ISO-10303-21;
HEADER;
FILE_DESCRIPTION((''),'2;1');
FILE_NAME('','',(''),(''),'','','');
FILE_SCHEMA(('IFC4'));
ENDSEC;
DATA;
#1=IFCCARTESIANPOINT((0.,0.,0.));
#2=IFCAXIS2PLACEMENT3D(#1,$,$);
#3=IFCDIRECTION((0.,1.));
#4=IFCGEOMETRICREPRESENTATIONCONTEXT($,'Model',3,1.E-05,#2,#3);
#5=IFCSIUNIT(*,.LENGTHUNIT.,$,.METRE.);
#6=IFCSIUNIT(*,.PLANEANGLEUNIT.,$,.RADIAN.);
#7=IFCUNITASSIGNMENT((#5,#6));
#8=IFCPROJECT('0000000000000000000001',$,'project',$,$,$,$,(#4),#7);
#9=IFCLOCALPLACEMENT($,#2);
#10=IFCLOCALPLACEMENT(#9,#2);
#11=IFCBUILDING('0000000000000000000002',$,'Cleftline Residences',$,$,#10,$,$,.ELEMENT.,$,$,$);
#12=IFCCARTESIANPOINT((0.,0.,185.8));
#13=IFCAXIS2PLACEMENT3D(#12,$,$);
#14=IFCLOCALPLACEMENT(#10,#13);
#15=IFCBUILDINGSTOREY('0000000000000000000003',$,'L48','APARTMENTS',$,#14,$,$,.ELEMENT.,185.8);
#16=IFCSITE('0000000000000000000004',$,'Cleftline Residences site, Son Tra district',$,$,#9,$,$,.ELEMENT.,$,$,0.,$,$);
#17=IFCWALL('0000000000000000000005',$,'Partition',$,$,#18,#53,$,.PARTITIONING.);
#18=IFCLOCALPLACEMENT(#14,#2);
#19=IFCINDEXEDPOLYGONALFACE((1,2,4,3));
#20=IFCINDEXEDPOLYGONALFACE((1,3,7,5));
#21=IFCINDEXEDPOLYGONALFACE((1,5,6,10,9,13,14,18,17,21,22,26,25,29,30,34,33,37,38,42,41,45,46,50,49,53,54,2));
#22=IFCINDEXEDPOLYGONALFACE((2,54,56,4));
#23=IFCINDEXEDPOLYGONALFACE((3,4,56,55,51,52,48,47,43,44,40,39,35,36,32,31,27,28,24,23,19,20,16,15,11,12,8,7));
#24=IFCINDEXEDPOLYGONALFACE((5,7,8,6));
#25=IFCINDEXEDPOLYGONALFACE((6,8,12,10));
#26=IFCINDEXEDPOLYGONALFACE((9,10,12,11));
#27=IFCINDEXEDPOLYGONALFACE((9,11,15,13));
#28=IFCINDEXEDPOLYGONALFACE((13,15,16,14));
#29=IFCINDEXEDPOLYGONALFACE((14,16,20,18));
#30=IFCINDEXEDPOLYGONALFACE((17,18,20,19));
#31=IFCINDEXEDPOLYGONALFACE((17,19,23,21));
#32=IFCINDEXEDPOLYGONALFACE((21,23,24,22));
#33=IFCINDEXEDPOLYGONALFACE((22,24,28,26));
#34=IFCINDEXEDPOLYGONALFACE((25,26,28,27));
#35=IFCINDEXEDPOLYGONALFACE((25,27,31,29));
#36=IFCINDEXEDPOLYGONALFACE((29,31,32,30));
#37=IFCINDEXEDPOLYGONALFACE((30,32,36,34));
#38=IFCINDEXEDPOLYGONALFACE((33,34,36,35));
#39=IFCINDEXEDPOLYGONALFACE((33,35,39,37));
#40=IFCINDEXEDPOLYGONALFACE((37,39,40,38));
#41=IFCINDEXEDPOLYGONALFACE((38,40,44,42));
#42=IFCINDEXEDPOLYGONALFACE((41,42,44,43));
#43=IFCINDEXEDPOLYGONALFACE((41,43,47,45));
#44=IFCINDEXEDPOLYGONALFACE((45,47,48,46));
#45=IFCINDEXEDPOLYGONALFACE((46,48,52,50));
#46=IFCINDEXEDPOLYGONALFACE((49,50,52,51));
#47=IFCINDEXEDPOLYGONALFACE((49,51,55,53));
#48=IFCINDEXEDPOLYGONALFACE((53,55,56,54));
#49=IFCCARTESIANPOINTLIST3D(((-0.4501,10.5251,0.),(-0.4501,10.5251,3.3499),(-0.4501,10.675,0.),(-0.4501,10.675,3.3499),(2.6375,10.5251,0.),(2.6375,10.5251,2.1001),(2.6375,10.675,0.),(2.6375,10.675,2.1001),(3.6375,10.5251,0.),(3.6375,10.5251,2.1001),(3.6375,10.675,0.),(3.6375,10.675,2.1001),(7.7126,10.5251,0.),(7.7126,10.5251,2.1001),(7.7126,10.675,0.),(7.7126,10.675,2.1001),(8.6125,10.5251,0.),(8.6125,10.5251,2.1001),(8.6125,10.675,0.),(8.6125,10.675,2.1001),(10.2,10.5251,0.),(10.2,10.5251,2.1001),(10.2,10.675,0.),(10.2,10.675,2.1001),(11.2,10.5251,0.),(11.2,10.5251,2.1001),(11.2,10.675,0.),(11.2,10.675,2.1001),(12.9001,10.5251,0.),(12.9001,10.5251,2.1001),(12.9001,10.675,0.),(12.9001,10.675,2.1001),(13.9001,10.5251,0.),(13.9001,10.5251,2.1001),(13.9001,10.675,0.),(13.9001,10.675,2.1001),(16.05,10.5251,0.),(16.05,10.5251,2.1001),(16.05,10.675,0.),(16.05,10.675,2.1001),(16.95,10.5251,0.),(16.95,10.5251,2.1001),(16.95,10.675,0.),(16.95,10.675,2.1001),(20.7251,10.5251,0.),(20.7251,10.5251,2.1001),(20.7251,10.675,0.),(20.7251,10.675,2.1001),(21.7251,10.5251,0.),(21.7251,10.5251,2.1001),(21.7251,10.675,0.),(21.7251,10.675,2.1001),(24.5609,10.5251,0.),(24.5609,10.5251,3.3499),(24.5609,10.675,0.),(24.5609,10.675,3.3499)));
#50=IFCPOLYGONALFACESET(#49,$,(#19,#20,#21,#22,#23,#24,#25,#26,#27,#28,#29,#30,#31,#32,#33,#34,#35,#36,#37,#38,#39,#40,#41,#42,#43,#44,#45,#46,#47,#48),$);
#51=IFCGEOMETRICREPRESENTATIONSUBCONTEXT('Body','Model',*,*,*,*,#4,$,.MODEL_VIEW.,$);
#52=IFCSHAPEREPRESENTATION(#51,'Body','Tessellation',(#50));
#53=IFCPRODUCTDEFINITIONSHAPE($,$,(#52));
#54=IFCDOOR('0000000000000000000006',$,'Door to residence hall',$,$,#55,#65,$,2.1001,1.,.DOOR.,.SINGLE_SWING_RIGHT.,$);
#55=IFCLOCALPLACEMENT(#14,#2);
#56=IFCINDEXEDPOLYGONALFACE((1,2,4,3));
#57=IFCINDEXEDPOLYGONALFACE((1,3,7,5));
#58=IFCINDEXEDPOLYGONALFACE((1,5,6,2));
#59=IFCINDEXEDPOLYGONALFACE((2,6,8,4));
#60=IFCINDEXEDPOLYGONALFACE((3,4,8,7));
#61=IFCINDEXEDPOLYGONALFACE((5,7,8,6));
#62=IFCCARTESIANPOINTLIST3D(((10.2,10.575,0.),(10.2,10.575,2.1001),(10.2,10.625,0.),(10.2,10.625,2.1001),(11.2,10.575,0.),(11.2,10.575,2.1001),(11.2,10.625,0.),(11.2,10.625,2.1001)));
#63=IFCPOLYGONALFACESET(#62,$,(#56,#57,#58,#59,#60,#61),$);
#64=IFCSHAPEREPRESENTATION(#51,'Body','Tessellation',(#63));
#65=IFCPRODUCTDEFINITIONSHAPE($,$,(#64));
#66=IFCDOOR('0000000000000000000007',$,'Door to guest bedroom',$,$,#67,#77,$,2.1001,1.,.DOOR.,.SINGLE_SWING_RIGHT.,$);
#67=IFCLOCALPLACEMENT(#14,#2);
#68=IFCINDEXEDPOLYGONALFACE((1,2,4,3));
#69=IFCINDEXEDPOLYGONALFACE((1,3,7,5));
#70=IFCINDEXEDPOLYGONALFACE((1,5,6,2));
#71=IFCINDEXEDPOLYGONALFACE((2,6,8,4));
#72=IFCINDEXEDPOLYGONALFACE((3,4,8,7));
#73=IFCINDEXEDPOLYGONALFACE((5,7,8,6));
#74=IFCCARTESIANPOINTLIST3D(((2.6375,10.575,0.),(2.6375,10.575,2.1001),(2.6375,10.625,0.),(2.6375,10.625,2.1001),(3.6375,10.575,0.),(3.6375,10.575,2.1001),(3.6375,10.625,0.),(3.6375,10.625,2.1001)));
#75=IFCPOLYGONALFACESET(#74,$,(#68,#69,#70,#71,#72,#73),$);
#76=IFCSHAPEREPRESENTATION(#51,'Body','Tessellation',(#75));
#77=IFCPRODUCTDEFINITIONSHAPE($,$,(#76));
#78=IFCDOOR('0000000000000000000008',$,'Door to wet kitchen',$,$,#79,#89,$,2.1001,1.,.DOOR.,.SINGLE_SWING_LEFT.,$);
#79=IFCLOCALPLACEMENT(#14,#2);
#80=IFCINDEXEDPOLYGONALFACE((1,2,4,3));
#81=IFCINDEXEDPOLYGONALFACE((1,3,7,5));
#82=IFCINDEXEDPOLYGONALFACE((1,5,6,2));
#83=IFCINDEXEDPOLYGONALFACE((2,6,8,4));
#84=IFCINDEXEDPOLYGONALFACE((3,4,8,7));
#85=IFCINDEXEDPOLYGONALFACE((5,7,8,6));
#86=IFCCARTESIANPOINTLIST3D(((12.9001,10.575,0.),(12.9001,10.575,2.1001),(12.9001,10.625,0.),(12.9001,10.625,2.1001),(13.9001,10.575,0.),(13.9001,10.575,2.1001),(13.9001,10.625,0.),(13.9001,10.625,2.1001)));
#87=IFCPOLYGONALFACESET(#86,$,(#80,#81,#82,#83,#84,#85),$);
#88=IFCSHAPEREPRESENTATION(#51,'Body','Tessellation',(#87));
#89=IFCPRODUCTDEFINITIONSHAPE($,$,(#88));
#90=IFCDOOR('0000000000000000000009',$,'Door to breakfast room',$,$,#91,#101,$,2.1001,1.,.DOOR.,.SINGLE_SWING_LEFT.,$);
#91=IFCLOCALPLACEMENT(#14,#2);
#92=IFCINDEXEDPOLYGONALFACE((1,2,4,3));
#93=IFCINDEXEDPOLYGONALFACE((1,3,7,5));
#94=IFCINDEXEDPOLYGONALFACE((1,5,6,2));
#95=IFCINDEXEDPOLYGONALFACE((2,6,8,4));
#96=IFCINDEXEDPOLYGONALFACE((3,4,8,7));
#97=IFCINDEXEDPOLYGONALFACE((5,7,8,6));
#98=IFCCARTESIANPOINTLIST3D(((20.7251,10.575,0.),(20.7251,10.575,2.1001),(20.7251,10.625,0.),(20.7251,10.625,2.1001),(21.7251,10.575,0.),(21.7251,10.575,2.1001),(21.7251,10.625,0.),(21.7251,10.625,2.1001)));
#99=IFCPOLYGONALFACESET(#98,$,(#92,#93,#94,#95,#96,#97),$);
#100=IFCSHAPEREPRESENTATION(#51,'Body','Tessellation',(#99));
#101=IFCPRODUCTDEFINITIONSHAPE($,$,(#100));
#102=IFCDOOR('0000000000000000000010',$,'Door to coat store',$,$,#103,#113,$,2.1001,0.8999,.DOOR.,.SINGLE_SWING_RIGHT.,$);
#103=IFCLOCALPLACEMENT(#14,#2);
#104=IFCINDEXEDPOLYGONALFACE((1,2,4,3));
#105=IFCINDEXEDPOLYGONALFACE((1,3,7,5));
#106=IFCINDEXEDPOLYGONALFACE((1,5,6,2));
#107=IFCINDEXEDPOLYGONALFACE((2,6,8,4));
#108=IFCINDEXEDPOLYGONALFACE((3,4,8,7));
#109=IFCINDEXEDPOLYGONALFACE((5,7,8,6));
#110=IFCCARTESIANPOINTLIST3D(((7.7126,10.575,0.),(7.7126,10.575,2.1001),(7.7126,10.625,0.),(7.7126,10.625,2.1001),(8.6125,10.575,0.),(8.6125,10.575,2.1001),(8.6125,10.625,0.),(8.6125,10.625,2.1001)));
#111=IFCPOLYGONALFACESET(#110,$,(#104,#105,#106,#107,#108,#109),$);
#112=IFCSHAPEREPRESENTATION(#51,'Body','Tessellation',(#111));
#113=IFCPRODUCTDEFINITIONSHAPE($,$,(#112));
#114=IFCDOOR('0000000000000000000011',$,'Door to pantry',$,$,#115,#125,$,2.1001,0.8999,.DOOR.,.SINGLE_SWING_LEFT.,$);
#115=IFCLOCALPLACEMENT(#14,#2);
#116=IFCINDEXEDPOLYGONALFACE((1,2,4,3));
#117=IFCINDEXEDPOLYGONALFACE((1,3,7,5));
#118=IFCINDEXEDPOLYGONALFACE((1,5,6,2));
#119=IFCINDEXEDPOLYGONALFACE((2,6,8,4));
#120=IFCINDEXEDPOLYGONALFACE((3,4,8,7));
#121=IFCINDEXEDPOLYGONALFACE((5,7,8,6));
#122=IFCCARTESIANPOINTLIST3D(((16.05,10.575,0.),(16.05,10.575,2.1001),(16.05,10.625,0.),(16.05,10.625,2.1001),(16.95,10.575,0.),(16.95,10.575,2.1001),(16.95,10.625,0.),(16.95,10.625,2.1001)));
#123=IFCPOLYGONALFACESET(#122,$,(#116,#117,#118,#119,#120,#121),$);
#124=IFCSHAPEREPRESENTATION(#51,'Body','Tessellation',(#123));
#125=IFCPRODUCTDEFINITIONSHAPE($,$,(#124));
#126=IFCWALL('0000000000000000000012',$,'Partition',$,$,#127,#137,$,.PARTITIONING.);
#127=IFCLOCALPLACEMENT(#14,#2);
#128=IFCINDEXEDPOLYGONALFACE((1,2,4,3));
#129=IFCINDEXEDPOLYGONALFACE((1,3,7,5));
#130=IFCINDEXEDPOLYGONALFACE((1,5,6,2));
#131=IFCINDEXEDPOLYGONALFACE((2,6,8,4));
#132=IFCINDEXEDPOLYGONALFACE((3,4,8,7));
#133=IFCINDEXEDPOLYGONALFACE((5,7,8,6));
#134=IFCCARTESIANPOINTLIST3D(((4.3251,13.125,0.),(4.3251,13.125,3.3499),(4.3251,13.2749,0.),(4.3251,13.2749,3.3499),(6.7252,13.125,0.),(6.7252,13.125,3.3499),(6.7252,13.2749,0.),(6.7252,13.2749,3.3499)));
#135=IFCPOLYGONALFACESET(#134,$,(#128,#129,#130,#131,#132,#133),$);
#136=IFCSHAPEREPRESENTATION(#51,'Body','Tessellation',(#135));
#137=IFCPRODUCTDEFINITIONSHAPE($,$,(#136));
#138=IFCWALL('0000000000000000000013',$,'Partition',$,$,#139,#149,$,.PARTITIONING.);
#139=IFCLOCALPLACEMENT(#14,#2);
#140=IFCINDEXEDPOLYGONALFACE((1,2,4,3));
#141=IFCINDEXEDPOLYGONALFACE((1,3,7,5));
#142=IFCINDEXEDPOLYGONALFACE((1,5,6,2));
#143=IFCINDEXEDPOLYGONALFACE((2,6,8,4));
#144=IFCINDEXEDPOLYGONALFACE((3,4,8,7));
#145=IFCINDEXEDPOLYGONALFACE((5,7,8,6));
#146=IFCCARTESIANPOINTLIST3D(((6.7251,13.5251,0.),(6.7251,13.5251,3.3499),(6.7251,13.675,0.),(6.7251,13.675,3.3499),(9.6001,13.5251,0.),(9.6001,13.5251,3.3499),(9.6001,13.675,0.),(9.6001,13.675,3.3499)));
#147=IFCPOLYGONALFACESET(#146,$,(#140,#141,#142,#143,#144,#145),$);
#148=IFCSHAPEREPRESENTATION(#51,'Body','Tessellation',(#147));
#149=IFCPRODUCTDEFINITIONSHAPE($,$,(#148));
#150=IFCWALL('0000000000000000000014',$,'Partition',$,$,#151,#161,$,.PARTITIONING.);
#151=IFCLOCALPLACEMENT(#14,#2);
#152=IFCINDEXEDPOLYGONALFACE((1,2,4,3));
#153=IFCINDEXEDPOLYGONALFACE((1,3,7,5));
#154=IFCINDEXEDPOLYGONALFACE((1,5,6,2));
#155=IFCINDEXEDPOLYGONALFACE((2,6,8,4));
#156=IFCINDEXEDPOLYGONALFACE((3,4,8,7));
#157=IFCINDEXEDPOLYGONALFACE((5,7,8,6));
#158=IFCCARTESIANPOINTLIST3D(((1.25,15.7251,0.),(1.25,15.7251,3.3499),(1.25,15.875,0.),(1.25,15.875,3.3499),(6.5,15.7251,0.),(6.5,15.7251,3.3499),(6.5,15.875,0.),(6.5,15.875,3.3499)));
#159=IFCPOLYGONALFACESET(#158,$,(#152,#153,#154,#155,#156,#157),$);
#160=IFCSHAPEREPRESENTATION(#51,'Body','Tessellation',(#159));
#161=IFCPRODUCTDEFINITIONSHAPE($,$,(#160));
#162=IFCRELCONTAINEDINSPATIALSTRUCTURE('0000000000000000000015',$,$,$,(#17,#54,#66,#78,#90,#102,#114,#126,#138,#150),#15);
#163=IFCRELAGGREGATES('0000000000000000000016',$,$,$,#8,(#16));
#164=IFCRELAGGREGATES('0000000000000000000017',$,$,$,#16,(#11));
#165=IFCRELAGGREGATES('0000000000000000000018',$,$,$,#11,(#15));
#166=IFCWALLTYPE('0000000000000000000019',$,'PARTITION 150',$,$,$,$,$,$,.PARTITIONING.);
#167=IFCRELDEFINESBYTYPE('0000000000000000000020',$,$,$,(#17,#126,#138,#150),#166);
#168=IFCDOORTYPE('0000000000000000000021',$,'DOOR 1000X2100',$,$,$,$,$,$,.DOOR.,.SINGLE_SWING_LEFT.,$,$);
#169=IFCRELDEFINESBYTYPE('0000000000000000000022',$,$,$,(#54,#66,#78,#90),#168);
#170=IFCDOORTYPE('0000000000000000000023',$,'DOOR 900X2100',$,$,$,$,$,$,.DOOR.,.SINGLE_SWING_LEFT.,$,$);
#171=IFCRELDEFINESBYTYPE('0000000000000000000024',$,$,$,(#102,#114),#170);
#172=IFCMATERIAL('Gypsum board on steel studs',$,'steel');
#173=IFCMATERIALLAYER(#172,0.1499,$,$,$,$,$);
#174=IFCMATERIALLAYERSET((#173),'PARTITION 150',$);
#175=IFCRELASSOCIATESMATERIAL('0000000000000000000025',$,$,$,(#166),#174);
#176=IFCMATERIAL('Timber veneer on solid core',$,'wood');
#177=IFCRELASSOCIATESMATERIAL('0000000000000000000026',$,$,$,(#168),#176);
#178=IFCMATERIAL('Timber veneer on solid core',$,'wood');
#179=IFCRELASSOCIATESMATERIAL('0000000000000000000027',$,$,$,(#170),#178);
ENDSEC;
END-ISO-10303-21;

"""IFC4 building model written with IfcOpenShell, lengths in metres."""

from ifc_helpers import new_model, si_unit, direction, frame, frame_2d, origin, place, context, subcontext, project, spatial, rectangle, extrude, material, layer, layer_set, type_object, element, fill, save


model = new_model("IFC4")

# Units and contexts
model_context = context("Model", 3, precision=1e-05, world=origin(), true_north=direction((0.0, 1.0)))
body_context = subcontext(model_context, "Body", "Model", "MODEL_VIEW")
ifc_project = project(units=[si_unit("LENGTHUNIT", "METRE"), si_unit("PLANEANGLEUNIT", "RADIAN")], contexts=[model_context])

# Site, building, storey
site_placement = place(None, origin())
site = spatial("IfcSite", under=ifc_project, at=site_placement, Name="Cleftline Residences site, Son Tra district", CompositionType="ELEMENT", RefElevation=0.0)
building_placement = place(site_placement, origin())
building = spatial("IfcBuilding", under=site, at=building_placement, Name="Cleftline Residences", CompositionType="ELEMENT")
storey_placement = place(building_placement, frame((0.0, 0.0, 185.8)))
storey = spatial("IfcBuildingStorey", under=building, at=storey_placement, Name="L48", Description="APARTMENTS", CompositionType="ELEMENT", Elevation=185.8)

# Wall, openings, doors
ifc_material_1 = material(Name="Gypsum board on steel studs", Category="steel")
ifc_layer = layer(ifc_material_1, 0.1499)
ifc_layer_set = layer_set([ifc_layer], Name="PARTITION 150")
wall_type = type_object("IfcWallType", Name="PARTITION 150", PredefinedType="PARTITIONING", material=ifc_layer_set)
wall_1_placement = place(storey_placement, frame((-0.45, 10.6001, 0.0), z_axis=(0.0, 0.0, 1.0), x_axis=(1.0, 0.0, 0.0)))
wall_1 = element("IfcWall", 1, at=wall_1_placement, inside=storey, type_object=wall_type, Name="Partition", PredefinedType="PARTITIONING", context=body_context, shape_type="SweptSolid", body=[
    extrude(rectangle(XDim=25.011, YDim=0.1499, at=frame_2d((12.5054, 0.0))), origin(), (0.0, 0.0, 1.0), 3.3499),
])
opening_1_placement = place(wall_1_placement, frame((10.6499, 0.0, 0.0)))
opening_1 = element("IfcOpeningElement", 2, at=opening_1_placement, cuts=wall_1, PredefinedType="OPENING", context=body_context, shape_type="SweptSolid", body=[
    extrude(rectangle(XDim=1.0, YDim=2.1001, at=frame_2d((0.5, 1.05))), frame((0.0, 0.085, 0.0), z_axis=(0.0, -1.0, 0.0), x_axis=(1.0, 0.0, 0.0)), (0.0, 0.0, 1.0), 0.1699),
])
opening_2_placement = place(wall_1_placement, frame((3.0874, 0.0, 0.0)))
opening_2 = element("IfcOpeningElement", 3, at=opening_2_placement, cuts=wall_1, PredefinedType="OPENING", context=body_context, shape_type="SweptSolid", body=[
    extrude(rectangle(XDim=1.0, YDim=2.1001, at=frame_2d((0.5, 1.05))), frame((0.0, 0.085, 0.0), z_axis=(0.0, -1.0, 0.0), x_axis=(1.0, 0.0, 0.0)), (0.0, 0.0, 1.0), 0.1699),
])
opening_3_placement = place(wall_1_placement, frame((8.1626, 0.0, 0.0)))
opening_3 = element("IfcOpeningElement", 4, at=opening_3_placement, cuts=wall_1, PredefinedType="OPENING", context=body_context, shape_type="SweptSolid", body=[
    extrude(rectangle(XDim=0.8999, YDim=2.1001, at=frame_2d((0.45, 1.05))), frame((0.0, 0.085, 0.0), z_axis=(0.0, -1.0, 0.0), x_axis=(1.0, 0.0, 0.0)), (0.0, 0.0, 1.0), 0.1699),
])
opening_4_placement = place(wall_1_placement, frame((13.3501, 0.0, 0.0)))
opening_4 = element("IfcOpeningElement", 5, at=opening_4_placement, cuts=wall_1, PredefinedType="OPENING", context=body_context, shape_type="SweptSolid", body=[
    extrude(rectangle(XDim=1.0, YDim=2.1001, at=frame_2d((0.5, 1.05))), frame((0.0, 0.085, 0.0), z_axis=(0.0, -1.0, 0.0), x_axis=(1.0, 0.0, 0.0)), (0.0, 0.0, 1.0), 0.1699),
])
opening_5_placement = place(wall_1_placement, frame((16.5, 0.0, 0.0)))
opening_5 = element("IfcOpeningElement", 6, at=opening_5_placement, cuts=wall_1, PredefinedType="OPENING", context=body_context, shape_type="SweptSolid", body=[
    extrude(rectangle(XDim=0.8999, YDim=2.1001, at=frame_2d((0.45, 1.05))), frame((0.0, 0.085, 0.0), z_axis=(0.0, -1.0, 0.0), x_axis=(1.0, 0.0, 0.0)), (0.0, 0.0, 1.0), 0.1699),
])
opening_6_placement = place(wall_1_placement, frame((21.175, 0.0, 0.0)))
opening_6 = element("IfcOpeningElement", 7, at=opening_6_placement, cuts=wall_1, PredefinedType="OPENING", context=body_context, shape_type="SweptSolid", body=[
    extrude(rectangle(XDim=1.0, YDim=2.1001, at=frame_2d((0.5, 1.05))), frame((0.0, 0.085, 0.0), z_axis=(0.0, -1.0, 0.0), x_axis=(1.0, 0.0, 0.0)), (0.0, 0.0, 1.0), 0.1699),
])
ifc_material_2 = material(Name="Timber veneer on solid core", Category="wood")
door_type_1 = type_object("IfcDoorType", Name="DOOR 1000X2100", OperationType="SINGLE_SWING_LEFT", PredefinedType="DOOR", material=ifc_material_2)
door_1_placement = place(opening_1_placement, origin())
door_1 = element("IfcDoor", 8, at=door_1_placement, inside=storey, type_object=door_type_1, Name="Door to residence hall", OperationType="SINGLE_SWING_RIGHT", OverallHeight=2.1001, OverallWidth=1.0, PredefinedType="DOOR", context=body_context, shape_type="SweptSolid", body=[
    extrude(rectangle(XDim=1.0, YDim=2.1001, at=frame_2d((0.5, 1.05))), frame((0.0, 0.0249, 0.0), z_axis=(0.0, -1.0, 0.0), x_axis=(1.0, 0.0, 0.0)), (0.0, 0.0, 1.0), 0.05),
])
fill(opening_1, door_1)
door_2_placement = place(opening_2_placement, origin())
door_2 = element("IfcDoor", 9, at=door_2_placement, inside=storey, type_object=door_type_1, Name="Door to guest bedroom", OperationType="SINGLE_SWING_RIGHT", OverallHeight=2.1001, OverallWidth=1.0, PredefinedType="DOOR", context=body_context, shape_type="SweptSolid", body=[
    extrude(rectangle(XDim=1.0, YDim=2.1001, at=frame_2d((0.5, 1.05))), frame((0.0, 0.0249, 0.0), z_axis=(0.0, -1.0, 0.0), x_axis=(1.0, 0.0, 0.0)), (0.0, 0.0, 1.0), 0.05),
])
fill(opening_2, door_2)
door_3_placement = place(opening_4_placement, origin())
door_3 = element("IfcDoor", 10, at=door_3_placement, inside=storey, type_object=door_type_1, Name="Door to wet kitchen", OperationType="SINGLE_SWING_LEFT", OverallHeight=2.1001, OverallWidth=1.0, PredefinedType="DOOR", context=body_context, shape_type="SweptSolid", body=[
    extrude(rectangle(XDim=1.0, YDim=2.1001, at=frame_2d((0.5, 1.05))), frame((0.0, 0.0249, 0.0), z_axis=(0.0, -1.0, 0.0), x_axis=(1.0, 0.0, 0.0)), (0.0, 0.0, 1.0), 0.05),
])
fill(opening_4, door_3)
door_4_placement = place(opening_6_placement, origin())
door_4 = element("IfcDoor", 11, at=door_4_placement, inside=storey, type_object=door_type_1, Name="Door to breakfast room", OperationType="SINGLE_SWING_LEFT", OverallHeight=2.1001, OverallWidth=1.0, PredefinedType="DOOR", context=body_context, shape_type="SweptSolid", body=[
    extrude(rectangle(XDim=1.0, YDim=2.1001, at=frame_2d((0.5, 1.05))), frame((0.0, 0.0249, 0.0), z_axis=(0.0, -1.0, 0.0), x_axis=(1.0, 0.0, 0.0)), (0.0, 0.0, 1.0), 0.05),
])
fill(opening_6, door_4)
ifc_material_3 = material(Name="Timber veneer on solid core", Category="wood")
door_type_2 = type_object("IfcDoorType", Name="DOOR 900X2100", OperationType="SINGLE_SWING_LEFT", PredefinedType="DOOR", material=ifc_material_3)
door_5_placement = place(opening_3_placement, origin())
door_5 = element("IfcDoor", 12, at=door_5_placement, inside=storey, type_object=door_type_2, Name="Door to coat store", OperationType="SINGLE_SWING_RIGHT", OverallHeight=2.1001, OverallWidth=0.8999, PredefinedType="DOOR", context=body_context, shape_type="SweptSolid", body=[
    extrude(rectangle(XDim=0.8999, YDim=2.1001, at=frame_2d((0.45, 1.05))), frame((0.0, 0.0249, 0.0), z_axis=(0.0, -1.0, 0.0), x_axis=(1.0, 0.0, 0.0)), (0.0, 0.0, 1.0), 0.05),
])
fill(opening_3, door_5)
door_6_placement = place(opening_5_placement, origin())
door_6 = element("IfcDoor", 13, at=door_6_placement, inside=storey, type_object=door_type_2, Name="Door to pantry", OperationType="SINGLE_SWING_LEFT", OverallHeight=2.1001, OverallWidth=0.8999, PredefinedType="DOOR", context=body_context, shape_type="SweptSolid", body=[
    extrude(rectangle(XDim=0.8999, YDim=2.1001, at=frame_2d((0.45, 1.05))), frame((0.0, 0.0249, 0.0), z_axis=(0.0, -1.0, 0.0), x_axis=(1.0, 0.0, 0.0)), (0.0, 0.0, 1.0), 0.05),
])
fill(opening_5, door_6)

# Walls
wall_2_placement = place(storey_placement, frame((4.325, 13.2, 0.0), z_axis=(0.0, 0.0, 1.0), x_axis=(1.0, 0.0, 0.0)))
element("IfcWall", 14, at=wall_2_placement, inside=storey, type_object=wall_type, Name="Partition", PredefinedType="PARTITIONING", context=body_context, shape_type="SweptSolid", body=[
    extrude(rectangle(XDim=2.4001, YDim=0.1499, at=frame_2d((1.2002, 0.0))), origin(), (0.0, 0.0, 1.0), 3.3499),
])
wall_3_placement = place(storey_placement, frame((6.7251, 13.6001, 0.0), z_axis=(0.0, 0.0, 1.0), x_axis=(1.0, 0.0, 0.0)))
element("IfcWall", 15, at=wall_3_placement, inside=storey, type_object=wall_type, Name="Partition", PredefinedType="PARTITIONING", context=body_context, shape_type="SweptSolid", body=[
    extrude(rectangle(XDim=2.875, YDim=0.1499, at=frame_2d((1.4375, 0.0))), origin(), (0.0, 0.0, 1.0), 3.3499),
])
wall_4_placement = place(storey_placement, frame((1.25, 15.8, 0.0), z_axis=(0.0, 0.0, 1.0), x_axis=(1.0, 0.0, 0.0)))
element("IfcWall", 16, at=wall_4_placement, inside=storey, type_object=wall_type, Name="Partition", PredefinedType="PARTITIONING", context=body_context, shape_type="SweptSolid", body=[
    extrude(rectangle(XDim=5.25, YDim=0.1499, at=frame_2d((2.625, 0.0))), origin(), (0.0, 0.0, 1.0), 3.3499),
])

save(model, "model.ifc")
